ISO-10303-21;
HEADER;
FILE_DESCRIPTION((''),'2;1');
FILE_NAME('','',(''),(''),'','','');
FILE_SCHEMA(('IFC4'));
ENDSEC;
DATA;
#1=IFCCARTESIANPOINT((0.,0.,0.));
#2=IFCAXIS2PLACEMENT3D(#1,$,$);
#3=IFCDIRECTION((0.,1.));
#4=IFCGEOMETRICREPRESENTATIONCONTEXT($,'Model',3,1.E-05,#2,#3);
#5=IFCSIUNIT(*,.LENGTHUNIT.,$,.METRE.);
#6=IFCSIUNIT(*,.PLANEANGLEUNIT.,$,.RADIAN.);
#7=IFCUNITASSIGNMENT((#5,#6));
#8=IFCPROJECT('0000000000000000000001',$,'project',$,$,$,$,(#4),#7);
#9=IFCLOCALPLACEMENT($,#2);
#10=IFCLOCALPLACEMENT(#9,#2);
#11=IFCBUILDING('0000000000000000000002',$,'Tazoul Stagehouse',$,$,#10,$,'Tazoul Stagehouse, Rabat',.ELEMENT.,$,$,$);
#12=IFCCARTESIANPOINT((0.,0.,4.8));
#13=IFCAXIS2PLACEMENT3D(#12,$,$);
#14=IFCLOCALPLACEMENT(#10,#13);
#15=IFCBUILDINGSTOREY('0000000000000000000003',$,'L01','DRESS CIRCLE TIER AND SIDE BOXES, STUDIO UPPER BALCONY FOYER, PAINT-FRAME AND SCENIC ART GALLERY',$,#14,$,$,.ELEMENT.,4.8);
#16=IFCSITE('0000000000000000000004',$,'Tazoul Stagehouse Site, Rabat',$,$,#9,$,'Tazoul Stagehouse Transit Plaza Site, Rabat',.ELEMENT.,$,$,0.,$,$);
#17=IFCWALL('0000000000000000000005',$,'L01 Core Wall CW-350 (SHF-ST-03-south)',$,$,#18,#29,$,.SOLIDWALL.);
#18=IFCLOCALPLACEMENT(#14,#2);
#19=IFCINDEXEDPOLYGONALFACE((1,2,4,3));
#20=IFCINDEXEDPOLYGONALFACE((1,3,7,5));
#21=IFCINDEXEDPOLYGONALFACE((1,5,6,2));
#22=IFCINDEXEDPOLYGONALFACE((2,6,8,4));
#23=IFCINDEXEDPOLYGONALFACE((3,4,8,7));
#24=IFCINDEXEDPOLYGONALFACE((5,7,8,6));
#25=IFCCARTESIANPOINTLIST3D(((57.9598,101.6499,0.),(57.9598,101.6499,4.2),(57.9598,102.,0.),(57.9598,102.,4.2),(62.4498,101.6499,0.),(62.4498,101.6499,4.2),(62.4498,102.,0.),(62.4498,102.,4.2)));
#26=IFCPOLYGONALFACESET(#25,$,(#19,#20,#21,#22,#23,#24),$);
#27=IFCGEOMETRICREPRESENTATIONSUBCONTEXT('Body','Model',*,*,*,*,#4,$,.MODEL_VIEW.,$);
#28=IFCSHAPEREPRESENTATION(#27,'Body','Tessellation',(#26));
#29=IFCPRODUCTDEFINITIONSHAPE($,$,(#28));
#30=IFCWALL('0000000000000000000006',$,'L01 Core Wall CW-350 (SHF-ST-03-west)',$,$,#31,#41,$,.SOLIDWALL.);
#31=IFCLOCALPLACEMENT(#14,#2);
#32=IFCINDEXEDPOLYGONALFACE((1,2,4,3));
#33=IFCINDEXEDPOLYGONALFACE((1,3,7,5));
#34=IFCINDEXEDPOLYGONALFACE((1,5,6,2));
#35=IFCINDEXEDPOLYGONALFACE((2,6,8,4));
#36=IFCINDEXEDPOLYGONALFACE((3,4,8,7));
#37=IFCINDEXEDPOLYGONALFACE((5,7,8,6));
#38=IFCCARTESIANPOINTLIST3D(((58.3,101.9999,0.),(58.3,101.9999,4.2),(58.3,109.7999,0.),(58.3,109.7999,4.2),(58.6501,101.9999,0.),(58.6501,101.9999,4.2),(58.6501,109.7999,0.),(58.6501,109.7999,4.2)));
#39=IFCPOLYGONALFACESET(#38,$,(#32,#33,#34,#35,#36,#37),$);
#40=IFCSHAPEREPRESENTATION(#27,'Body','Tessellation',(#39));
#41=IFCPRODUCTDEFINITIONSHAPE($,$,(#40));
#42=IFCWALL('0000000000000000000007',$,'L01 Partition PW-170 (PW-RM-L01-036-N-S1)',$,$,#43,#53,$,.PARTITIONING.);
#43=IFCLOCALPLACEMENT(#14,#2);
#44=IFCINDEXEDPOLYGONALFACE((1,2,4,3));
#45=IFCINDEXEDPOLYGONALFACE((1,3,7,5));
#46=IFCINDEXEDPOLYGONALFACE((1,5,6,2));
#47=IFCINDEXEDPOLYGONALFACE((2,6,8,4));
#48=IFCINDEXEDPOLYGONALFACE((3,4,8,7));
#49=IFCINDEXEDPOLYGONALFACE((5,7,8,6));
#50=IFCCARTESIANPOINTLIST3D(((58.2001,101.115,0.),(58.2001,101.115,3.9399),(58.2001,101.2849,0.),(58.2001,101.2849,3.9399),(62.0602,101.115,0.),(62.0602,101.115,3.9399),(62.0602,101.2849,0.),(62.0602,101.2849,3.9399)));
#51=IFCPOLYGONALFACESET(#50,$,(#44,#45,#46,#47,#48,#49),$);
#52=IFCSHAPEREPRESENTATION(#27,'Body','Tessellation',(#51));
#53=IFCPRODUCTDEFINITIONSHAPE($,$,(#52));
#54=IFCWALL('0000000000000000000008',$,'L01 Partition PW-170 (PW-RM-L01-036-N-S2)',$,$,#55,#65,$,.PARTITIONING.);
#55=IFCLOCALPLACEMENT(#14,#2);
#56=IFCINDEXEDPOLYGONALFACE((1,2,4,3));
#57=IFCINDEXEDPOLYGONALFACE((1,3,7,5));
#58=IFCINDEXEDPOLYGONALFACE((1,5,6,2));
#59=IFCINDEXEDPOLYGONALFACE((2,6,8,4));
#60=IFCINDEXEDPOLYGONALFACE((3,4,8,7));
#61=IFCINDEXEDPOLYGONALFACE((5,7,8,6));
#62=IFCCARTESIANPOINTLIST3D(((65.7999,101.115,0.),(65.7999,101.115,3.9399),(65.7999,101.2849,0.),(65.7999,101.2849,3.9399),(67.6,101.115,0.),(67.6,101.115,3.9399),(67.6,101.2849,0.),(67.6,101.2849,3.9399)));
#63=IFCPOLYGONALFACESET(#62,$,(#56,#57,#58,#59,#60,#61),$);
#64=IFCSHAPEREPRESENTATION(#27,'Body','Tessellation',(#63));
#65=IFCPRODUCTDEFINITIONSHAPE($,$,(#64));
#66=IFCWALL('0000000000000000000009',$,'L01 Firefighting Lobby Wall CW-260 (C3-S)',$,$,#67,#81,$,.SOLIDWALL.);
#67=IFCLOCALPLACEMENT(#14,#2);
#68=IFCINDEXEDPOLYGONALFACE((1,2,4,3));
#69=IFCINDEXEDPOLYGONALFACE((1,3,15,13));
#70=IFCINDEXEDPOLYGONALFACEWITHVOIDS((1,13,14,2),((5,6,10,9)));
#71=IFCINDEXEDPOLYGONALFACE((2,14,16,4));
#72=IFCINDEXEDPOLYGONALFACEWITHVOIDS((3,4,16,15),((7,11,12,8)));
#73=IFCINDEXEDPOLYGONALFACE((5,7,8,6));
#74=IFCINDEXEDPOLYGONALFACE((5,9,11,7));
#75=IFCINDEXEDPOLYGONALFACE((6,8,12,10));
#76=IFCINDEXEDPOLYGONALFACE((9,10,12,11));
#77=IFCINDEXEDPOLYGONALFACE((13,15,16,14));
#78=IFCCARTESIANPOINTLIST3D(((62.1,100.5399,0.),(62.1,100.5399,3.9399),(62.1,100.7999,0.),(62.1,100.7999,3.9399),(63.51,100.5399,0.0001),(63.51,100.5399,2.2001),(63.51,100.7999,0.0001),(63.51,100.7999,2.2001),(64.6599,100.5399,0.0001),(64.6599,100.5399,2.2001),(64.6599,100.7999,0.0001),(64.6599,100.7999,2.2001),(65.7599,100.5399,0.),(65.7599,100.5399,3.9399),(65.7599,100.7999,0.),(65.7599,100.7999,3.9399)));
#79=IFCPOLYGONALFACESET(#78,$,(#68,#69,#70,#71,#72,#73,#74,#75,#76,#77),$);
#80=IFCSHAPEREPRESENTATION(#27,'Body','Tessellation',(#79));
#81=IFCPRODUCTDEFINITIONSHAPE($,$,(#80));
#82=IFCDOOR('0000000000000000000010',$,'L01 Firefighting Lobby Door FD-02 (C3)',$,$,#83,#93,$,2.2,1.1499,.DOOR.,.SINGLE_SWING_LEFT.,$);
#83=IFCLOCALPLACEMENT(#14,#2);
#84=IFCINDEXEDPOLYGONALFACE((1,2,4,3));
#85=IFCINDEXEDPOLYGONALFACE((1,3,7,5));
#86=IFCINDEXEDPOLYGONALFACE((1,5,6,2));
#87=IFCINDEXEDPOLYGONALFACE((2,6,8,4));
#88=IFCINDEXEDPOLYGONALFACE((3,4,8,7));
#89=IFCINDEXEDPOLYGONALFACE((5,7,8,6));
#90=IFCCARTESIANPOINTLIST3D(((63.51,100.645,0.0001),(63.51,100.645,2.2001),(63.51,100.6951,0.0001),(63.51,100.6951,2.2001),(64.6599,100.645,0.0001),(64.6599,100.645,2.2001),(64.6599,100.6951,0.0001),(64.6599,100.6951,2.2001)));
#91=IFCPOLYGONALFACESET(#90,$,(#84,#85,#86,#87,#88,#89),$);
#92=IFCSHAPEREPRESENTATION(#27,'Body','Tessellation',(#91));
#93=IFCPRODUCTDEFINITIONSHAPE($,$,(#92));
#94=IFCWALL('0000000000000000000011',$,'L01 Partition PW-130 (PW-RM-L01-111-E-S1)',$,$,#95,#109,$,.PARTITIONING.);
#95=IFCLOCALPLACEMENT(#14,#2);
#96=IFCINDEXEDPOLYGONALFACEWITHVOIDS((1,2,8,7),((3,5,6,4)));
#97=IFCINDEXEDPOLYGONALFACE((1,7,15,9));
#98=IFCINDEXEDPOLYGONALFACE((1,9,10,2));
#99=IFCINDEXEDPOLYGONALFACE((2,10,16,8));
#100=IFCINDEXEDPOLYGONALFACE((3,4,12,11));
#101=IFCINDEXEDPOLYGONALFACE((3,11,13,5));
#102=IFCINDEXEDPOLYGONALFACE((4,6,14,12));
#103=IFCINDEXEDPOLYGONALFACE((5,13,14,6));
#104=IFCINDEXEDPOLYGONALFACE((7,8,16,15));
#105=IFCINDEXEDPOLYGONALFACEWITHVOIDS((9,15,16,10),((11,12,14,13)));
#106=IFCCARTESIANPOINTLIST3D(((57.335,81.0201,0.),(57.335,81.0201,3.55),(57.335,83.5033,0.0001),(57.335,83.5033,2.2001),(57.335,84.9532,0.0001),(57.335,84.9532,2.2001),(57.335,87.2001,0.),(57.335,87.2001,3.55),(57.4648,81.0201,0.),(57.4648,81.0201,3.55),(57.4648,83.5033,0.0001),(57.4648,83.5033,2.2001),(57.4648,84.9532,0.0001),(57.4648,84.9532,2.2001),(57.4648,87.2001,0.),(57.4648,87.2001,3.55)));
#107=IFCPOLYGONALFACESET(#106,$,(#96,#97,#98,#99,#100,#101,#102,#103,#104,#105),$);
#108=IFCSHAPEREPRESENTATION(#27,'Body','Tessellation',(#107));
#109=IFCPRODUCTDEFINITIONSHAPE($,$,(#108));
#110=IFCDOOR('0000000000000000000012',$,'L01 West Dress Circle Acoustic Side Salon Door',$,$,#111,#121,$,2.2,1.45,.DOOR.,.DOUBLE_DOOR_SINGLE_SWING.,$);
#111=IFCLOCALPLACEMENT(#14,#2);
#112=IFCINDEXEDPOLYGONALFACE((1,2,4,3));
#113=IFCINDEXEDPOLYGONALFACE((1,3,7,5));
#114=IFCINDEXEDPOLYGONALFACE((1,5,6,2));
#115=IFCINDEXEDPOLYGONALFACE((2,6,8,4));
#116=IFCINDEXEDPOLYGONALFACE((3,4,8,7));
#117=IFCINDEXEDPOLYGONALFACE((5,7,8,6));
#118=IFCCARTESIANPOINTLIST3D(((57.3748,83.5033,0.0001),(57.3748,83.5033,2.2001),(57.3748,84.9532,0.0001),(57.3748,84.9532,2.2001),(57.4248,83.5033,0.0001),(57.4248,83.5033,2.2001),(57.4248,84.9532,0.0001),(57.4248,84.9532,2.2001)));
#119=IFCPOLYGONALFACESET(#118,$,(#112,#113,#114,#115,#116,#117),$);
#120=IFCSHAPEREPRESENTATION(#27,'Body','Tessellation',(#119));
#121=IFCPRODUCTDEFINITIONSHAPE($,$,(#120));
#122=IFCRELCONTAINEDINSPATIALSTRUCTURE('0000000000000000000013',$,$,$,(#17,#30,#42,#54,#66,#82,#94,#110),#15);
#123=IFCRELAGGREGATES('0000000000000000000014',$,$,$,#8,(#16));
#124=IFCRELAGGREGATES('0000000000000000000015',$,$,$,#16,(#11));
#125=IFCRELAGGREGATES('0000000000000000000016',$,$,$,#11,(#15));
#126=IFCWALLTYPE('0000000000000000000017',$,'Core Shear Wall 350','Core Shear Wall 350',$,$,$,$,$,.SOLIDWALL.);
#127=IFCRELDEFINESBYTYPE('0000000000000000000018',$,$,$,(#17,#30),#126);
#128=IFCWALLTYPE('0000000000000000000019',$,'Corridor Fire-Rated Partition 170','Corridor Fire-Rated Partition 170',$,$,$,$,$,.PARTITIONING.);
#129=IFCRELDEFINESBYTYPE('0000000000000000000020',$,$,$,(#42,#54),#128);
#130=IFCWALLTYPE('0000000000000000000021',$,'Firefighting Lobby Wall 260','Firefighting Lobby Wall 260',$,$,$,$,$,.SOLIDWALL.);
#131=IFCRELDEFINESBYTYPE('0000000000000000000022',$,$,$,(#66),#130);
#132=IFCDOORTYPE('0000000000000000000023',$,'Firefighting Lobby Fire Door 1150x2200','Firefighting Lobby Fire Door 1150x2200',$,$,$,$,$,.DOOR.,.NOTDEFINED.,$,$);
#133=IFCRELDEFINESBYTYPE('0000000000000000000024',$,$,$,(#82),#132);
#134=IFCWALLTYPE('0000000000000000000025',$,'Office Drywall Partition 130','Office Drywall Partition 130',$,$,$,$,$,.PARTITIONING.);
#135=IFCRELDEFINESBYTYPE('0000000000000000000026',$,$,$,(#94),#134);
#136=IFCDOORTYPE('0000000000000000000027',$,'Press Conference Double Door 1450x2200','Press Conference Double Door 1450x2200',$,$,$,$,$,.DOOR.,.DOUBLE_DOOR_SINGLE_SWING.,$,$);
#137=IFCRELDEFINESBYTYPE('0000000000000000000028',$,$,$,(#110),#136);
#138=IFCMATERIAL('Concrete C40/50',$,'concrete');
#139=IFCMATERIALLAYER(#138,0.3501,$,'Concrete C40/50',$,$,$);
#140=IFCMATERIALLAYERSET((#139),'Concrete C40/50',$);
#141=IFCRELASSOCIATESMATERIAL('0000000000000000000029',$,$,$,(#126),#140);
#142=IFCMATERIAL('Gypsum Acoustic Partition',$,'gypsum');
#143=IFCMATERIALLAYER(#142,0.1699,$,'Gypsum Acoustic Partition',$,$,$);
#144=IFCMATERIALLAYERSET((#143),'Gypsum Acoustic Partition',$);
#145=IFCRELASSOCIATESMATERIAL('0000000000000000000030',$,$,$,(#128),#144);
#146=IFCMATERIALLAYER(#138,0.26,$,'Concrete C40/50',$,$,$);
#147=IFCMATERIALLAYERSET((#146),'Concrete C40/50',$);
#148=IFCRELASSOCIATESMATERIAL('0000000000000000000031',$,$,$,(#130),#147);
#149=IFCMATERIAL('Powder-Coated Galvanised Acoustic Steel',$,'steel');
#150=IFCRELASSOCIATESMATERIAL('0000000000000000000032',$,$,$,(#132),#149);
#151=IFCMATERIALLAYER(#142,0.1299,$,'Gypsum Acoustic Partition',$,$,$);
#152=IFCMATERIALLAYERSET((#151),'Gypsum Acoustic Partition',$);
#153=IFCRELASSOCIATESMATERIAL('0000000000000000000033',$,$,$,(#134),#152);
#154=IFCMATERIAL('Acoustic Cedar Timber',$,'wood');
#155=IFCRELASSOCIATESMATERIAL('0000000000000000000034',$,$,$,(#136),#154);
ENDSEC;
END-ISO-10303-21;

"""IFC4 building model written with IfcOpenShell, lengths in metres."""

from ifc_helpers import new_model, si_unit, direction, frame, frame_2d, origin, place, context, subcontext, project, spatial, rectangle, extrude, material, layer, layer_set, type_object, element, fill, save


model = new_model("IFC4")

# Units and contexts
model_context = context("Model", 3, precision=1e-05, world=origin(), true_north=direction((0.0, 1.0)))
body_context = subcontext(model_context, "Body", "Model", "MODEL_VIEW")
ifc_project = project(units=[si_unit("LENGTHUNIT", "METRE"), si_unit("PLANEANGLEUNIT", "RADIAN")], contexts=[model_context])

# Site, building, storey
site_placement = place(None, origin())
site = spatial("IfcSite", under=ifc_project, at=site_placement, Name="Tazoul Stagehouse Site, Rabat", LongName="Tazoul Stagehouse Transit Plaza Site, Rabat", CompositionType="ELEMENT", RefElevation=0.0)
building_placement = place(site_placement, origin())
building = spatial("IfcBuilding", under=site, at=building_placement, Name="Tazoul Stagehouse", LongName="Tazoul Stagehouse, Rabat", CompositionType="ELEMENT")
storey_placement = place(building_placement, frame((0.0, 0.0, 4.8)))
storey = spatial("IfcBuildingStorey", under=building, at=storey_placement, Name="L01", Description="DRESS CIRCLE TIER AND SIDE BOXES, STUDIO UPPER BALCONY FOYER, PAINT-FRAME AND SCENIC ART GALLERY", CompositionType="ELEMENT", Elevation=4.8)

# Shared definitions
ifc_material_1 = material(Name="Concrete C40/50", Category="concrete")

# Walls
ifc_layer_1 = layer(ifc_material_1, 0.3501, Name="Concrete C40/50")
ifc_layer_set_1 = layer_set([ifc_layer_1], Name="Concrete C40/50")
wall_type_1 = type_object("IfcWallType", Name="Core Shear Wall 350", Description="Core Shear Wall 350", PredefinedType="SOLIDWALL", material=ifc_layer_set_1)
wall_1_placement = place(storey_placement, frame((62.45, 101.825, 0.0), z_axis=(0.0, 0.0, 1.0), x_axis=(-1.0, 0.0, 0.0)))
element("IfcWall", 1, at=wall_1_placement, inside=storey, type_object=wall_type_1, Name="L01 Core Wall CW-350 (SHF-ST-03-south)", PredefinedType="SOLIDWALL", context=body_context, shape_type="SweptSolid", body=[
    extrude(rectangle(XDim=4.49, YDim=0.3501, at=frame_2d((2.2451, 0.0))), origin(), (0.0, 0.0, 1.0), 4.2),
])
wall_2_placement = place(storey_placement, frame((58.4751, 102.0, 0.0), z_axis=(0.0, 0.0, 1.0), x_axis=(0.0, 1.0, 0.0)))
element("IfcWall", 2, at=wall_2_placement, inside=storey, type_object=wall_type_1, Name="L01 Core Wall CW-350 (SHF-ST-03-west)", PredefinedType="SOLIDWALL", context=body_context, shape_type="SweptSolid", body=[
    extrude(rectangle(XDim=7.8, YDim=0.3501, at=frame_2d((3.8999, 0.0))), origin(), (0.0, 0.0, 1.0), 4.2),
])
ifc_material_2 = material(Name="Gypsum Acoustic Partition", Category="gypsum")
ifc_layer_2 = layer(ifc_material_2, 0.1699, Name="Gypsum Acoustic Partition")
ifc_layer_set_2 = layer_set([ifc_layer_2], Name="Gypsum Acoustic Partition")
wall_type_2 = type_object("IfcWallType", Name="Corridor Fire-Rated Partition 170", Description="Corridor Fire-Rated Partition 170", PredefinedType="PARTITIONING", material=ifc_layer_set_2)
wall_3_placement = place(storey_placement, frame((58.2, 101.2, 0.0), z_axis=(0.0, 0.0, 1.0), x_axis=(1.0, 0.0, 0.0)))
element("IfcWall", 3, at=wall_3_placement, inside=storey, type_object=wall_type_2, Name="L01 Partition PW-170 (PW-RM-L01-036-N-S1)", PredefinedType="PARTITIONING", context=body_context, shape_type="SweptSolid", body=[
    extrude(rectangle(XDim=3.8601, YDim=0.1699, at=frame_2d((1.9302, 0.0))), origin(), (0.0, 0.0, 1.0), 3.9399),
])
wall_4_placement = place(storey_placement, frame((65.8, 101.2, 0.0), z_axis=(0.0, 0.0, 1.0), x_axis=(1.0, 0.0, 0.0)))
element("IfcWall", 4, at=wall_4_placement, inside=storey, type_object=wall_type_2, Name="L01 Partition PW-170 (PW-RM-L01-036-N-S2)", PredefinedType="PARTITIONING", context=body_context, shape_type="SweptSolid", body=[
    extrude(rectangle(XDim=1.8, YDim=0.1699, at=frame_2d((0.8999, 0.0))), origin(), (0.0, 0.0, 1.0), 3.9399),
])

# Walls, openings, doors
ifc_layer_3 = layer(ifc_material_1, 0.26, Name="Concrete C40/50")
ifc_layer_set_3 = layer_set([ifc_layer_3], Name="Concrete C40/50")
wall_type_3 = type_object("IfcWallType", Name="Firefighting Lobby Wall 260", Description="Firefighting Lobby Wall 260", PredefinedType="SOLIDWALL", material=ifc_layer_set_3)
wall_5_placement = place(storey_placement, frame((65.76, 100.6699, 0.0), z_axis=(0.0, 0.0, 1.0), x_axis=(-1.0, 0.0, 0.0)))
wall_5 = element("IfcWall", 5, at=wall_5_placement, inside=storey, type_object=wall_type_3, Name="L01 Firefighting Lobby Wall CW-260 (C3-S)", PredefinedType="SOLIDWALL", context=body_context, shape_type="SweptSolid", body=[
    extrude(rectangle(XDim=3.6599, YDim=0.26, at=frame_2d((1.8301, 0.0))), origin(), (0.0, 0.0, 1.0), 3.9399),
])
opening_1_placement = place(wall_5_placement, frame((1.1001, 0.0, 0.0)))
opening_1 = element("IfcOpeningElement", 6, at=opening_1_placement, cuts=wall_5, PredefinedType="OPENING", context=body_context, shape_type="SweptSolid", body=[
    extrude(rectangle(XDim=1.1499, YDim=2.2, at=frame_2d((0.575, 1.1001))), frame((0.0, 0.1499, 0.0), z_axis=(0.0, -1.0, 0.0), x_axis=(1.0, 0.0, 0.0)), (0.0, 0.0, 1.0), 0.3),
])
ifc_material_3 = material(Name="Powder-Coated Galvanised Acoustic Steel", Category="steel")
door_type_1 = type_object("IfcDoorType", Name="Firefighting Lobby Fire Door 1150x2200", Description="Firefighting Lobby Fire Door 1150x2200", OperationType="NOTDEFINED", PredefinedType="DOOR", material=ifc_material_3)
door_1_placement = place(opening_1_placement, origin())
door_1 = element("IfcDoor", 7, at=door_1_placement, inside=storey, type_object=door_type_1, Name="L01 Firefighting Lobby Door FD-02 (C3)", OperationType="SINGLE_SWING_LEFT", OverallHeight=2.2, OverallWidth=1.1499, PredefinedType="DOOR", context=body_context, shape_type="SweptSolid", body=[
    extrude(rectangle(XDim=1.1499, YDim=2.2, at=frame_2d((0.575, 1.1001))), frame((0.0, 0.0249, 0.0), z_axis=(0.0, -1.0, 0.0), x_axis=(1.0, 0.0, 0.0)), (0.0, 0.0, 1.0), 0.05),
])
fill(opening_1, door_1)
ifc_layer_4 = layer(ifc_material_2, 0.1299, Name="Gypsum Acoustic Partition")
ifc_layer_set_4 = layer_set([ifc_layer_4], Name="Gypsum Acoustic Partition")
wall_type_4 = type_object("IfcWallType", Name="Office Drywall Partition 130", Description="Office Drywall Partition 130", PredefinedType="PARTITIONING", material=ifc_layer_set_4)
wall_6_placement = place(storey_placement, frame((57.3999, 87.2, 0.0), z_axis=(0.0, 0.0, 1.0), x_axis=(0.0, -1.0, 0.0)))
wall_6 = element("IfcWall", 8, at=wall_6_placement, inside=storey, type_object=wall_type_4, Name="L01 Partition PW-130 (PW-RM-L01-111-E-S1)", PredefinedType="PARTITIONING", context=body_context, shape_type="SweptSolid", body=[
    extrude(rectangle(XDim=6.1799, YDim=0.1299, at=frame_2d((3.0898, 0.0))), origin(), (0.0, 0.0, 1.0), 3.55),
])
opening_2_placement = place(wall_6_placement, frame((2.2466, 0.0, 0.0)))
opening_2 = element("IfcOpeningElement", 9, at=opening_2_placement, cuts=wall_6, PredefinedType="OPENING", context=body_context, shape_type="SweptSolid", body=[
    extrude(rectangle(XDim=1.45, YDim=2.2, at=frame_2d((0.7251, 1.1001))), frame((0.0, 0.085, 0.0), z_axis=(0.0, -1.0, 0.0), x_axis=(1.0, 0.0, 0.0)), (0.0, 0.0, 1.0), 0.1699),
])
ifc_material_4 = material(Name="Acoustic Cedar Timber", Category="wood")
door_type_2 = type_object("IfcDoorType", Name="Press Conference Double Door 1450x2200", Description="Press Conference Double Door 1450x2200", OperationType="DOUBLE_DOOR_SINGLE_SWING", PredefinedType="DOOR", material=ifc_material_4)
door_2_placement = place(opening_2_placement, origin())
door_2 = element("IfcDoor", 10, at=door_2_placement, inside=storey, type_object=door_type_2, Name="L01 West Dress Circle Acoustic Side Salon Door", OperationType="DOUBLE_DOOR_SINGLE_SWING", OverallHeight=2.2, OverallWidth=1.45, PredefinedType="DOOR", context=body_context, shape_type="SweptSolid", body=[
    extrude(rectangle(XDim=1.45, YDim=2.2, at=frame_2d((0.7251, 1.1001))), frame((0.0, 0.0249, 0.0), z_axis=(0.0, -1.0, 0.0), x_axis=(1.0, 0.0, 0.0)), (0.0, 0.0, 1.0), 0.05),
])
fill(opening_2, door_2)

save(model, "model.ifc")
